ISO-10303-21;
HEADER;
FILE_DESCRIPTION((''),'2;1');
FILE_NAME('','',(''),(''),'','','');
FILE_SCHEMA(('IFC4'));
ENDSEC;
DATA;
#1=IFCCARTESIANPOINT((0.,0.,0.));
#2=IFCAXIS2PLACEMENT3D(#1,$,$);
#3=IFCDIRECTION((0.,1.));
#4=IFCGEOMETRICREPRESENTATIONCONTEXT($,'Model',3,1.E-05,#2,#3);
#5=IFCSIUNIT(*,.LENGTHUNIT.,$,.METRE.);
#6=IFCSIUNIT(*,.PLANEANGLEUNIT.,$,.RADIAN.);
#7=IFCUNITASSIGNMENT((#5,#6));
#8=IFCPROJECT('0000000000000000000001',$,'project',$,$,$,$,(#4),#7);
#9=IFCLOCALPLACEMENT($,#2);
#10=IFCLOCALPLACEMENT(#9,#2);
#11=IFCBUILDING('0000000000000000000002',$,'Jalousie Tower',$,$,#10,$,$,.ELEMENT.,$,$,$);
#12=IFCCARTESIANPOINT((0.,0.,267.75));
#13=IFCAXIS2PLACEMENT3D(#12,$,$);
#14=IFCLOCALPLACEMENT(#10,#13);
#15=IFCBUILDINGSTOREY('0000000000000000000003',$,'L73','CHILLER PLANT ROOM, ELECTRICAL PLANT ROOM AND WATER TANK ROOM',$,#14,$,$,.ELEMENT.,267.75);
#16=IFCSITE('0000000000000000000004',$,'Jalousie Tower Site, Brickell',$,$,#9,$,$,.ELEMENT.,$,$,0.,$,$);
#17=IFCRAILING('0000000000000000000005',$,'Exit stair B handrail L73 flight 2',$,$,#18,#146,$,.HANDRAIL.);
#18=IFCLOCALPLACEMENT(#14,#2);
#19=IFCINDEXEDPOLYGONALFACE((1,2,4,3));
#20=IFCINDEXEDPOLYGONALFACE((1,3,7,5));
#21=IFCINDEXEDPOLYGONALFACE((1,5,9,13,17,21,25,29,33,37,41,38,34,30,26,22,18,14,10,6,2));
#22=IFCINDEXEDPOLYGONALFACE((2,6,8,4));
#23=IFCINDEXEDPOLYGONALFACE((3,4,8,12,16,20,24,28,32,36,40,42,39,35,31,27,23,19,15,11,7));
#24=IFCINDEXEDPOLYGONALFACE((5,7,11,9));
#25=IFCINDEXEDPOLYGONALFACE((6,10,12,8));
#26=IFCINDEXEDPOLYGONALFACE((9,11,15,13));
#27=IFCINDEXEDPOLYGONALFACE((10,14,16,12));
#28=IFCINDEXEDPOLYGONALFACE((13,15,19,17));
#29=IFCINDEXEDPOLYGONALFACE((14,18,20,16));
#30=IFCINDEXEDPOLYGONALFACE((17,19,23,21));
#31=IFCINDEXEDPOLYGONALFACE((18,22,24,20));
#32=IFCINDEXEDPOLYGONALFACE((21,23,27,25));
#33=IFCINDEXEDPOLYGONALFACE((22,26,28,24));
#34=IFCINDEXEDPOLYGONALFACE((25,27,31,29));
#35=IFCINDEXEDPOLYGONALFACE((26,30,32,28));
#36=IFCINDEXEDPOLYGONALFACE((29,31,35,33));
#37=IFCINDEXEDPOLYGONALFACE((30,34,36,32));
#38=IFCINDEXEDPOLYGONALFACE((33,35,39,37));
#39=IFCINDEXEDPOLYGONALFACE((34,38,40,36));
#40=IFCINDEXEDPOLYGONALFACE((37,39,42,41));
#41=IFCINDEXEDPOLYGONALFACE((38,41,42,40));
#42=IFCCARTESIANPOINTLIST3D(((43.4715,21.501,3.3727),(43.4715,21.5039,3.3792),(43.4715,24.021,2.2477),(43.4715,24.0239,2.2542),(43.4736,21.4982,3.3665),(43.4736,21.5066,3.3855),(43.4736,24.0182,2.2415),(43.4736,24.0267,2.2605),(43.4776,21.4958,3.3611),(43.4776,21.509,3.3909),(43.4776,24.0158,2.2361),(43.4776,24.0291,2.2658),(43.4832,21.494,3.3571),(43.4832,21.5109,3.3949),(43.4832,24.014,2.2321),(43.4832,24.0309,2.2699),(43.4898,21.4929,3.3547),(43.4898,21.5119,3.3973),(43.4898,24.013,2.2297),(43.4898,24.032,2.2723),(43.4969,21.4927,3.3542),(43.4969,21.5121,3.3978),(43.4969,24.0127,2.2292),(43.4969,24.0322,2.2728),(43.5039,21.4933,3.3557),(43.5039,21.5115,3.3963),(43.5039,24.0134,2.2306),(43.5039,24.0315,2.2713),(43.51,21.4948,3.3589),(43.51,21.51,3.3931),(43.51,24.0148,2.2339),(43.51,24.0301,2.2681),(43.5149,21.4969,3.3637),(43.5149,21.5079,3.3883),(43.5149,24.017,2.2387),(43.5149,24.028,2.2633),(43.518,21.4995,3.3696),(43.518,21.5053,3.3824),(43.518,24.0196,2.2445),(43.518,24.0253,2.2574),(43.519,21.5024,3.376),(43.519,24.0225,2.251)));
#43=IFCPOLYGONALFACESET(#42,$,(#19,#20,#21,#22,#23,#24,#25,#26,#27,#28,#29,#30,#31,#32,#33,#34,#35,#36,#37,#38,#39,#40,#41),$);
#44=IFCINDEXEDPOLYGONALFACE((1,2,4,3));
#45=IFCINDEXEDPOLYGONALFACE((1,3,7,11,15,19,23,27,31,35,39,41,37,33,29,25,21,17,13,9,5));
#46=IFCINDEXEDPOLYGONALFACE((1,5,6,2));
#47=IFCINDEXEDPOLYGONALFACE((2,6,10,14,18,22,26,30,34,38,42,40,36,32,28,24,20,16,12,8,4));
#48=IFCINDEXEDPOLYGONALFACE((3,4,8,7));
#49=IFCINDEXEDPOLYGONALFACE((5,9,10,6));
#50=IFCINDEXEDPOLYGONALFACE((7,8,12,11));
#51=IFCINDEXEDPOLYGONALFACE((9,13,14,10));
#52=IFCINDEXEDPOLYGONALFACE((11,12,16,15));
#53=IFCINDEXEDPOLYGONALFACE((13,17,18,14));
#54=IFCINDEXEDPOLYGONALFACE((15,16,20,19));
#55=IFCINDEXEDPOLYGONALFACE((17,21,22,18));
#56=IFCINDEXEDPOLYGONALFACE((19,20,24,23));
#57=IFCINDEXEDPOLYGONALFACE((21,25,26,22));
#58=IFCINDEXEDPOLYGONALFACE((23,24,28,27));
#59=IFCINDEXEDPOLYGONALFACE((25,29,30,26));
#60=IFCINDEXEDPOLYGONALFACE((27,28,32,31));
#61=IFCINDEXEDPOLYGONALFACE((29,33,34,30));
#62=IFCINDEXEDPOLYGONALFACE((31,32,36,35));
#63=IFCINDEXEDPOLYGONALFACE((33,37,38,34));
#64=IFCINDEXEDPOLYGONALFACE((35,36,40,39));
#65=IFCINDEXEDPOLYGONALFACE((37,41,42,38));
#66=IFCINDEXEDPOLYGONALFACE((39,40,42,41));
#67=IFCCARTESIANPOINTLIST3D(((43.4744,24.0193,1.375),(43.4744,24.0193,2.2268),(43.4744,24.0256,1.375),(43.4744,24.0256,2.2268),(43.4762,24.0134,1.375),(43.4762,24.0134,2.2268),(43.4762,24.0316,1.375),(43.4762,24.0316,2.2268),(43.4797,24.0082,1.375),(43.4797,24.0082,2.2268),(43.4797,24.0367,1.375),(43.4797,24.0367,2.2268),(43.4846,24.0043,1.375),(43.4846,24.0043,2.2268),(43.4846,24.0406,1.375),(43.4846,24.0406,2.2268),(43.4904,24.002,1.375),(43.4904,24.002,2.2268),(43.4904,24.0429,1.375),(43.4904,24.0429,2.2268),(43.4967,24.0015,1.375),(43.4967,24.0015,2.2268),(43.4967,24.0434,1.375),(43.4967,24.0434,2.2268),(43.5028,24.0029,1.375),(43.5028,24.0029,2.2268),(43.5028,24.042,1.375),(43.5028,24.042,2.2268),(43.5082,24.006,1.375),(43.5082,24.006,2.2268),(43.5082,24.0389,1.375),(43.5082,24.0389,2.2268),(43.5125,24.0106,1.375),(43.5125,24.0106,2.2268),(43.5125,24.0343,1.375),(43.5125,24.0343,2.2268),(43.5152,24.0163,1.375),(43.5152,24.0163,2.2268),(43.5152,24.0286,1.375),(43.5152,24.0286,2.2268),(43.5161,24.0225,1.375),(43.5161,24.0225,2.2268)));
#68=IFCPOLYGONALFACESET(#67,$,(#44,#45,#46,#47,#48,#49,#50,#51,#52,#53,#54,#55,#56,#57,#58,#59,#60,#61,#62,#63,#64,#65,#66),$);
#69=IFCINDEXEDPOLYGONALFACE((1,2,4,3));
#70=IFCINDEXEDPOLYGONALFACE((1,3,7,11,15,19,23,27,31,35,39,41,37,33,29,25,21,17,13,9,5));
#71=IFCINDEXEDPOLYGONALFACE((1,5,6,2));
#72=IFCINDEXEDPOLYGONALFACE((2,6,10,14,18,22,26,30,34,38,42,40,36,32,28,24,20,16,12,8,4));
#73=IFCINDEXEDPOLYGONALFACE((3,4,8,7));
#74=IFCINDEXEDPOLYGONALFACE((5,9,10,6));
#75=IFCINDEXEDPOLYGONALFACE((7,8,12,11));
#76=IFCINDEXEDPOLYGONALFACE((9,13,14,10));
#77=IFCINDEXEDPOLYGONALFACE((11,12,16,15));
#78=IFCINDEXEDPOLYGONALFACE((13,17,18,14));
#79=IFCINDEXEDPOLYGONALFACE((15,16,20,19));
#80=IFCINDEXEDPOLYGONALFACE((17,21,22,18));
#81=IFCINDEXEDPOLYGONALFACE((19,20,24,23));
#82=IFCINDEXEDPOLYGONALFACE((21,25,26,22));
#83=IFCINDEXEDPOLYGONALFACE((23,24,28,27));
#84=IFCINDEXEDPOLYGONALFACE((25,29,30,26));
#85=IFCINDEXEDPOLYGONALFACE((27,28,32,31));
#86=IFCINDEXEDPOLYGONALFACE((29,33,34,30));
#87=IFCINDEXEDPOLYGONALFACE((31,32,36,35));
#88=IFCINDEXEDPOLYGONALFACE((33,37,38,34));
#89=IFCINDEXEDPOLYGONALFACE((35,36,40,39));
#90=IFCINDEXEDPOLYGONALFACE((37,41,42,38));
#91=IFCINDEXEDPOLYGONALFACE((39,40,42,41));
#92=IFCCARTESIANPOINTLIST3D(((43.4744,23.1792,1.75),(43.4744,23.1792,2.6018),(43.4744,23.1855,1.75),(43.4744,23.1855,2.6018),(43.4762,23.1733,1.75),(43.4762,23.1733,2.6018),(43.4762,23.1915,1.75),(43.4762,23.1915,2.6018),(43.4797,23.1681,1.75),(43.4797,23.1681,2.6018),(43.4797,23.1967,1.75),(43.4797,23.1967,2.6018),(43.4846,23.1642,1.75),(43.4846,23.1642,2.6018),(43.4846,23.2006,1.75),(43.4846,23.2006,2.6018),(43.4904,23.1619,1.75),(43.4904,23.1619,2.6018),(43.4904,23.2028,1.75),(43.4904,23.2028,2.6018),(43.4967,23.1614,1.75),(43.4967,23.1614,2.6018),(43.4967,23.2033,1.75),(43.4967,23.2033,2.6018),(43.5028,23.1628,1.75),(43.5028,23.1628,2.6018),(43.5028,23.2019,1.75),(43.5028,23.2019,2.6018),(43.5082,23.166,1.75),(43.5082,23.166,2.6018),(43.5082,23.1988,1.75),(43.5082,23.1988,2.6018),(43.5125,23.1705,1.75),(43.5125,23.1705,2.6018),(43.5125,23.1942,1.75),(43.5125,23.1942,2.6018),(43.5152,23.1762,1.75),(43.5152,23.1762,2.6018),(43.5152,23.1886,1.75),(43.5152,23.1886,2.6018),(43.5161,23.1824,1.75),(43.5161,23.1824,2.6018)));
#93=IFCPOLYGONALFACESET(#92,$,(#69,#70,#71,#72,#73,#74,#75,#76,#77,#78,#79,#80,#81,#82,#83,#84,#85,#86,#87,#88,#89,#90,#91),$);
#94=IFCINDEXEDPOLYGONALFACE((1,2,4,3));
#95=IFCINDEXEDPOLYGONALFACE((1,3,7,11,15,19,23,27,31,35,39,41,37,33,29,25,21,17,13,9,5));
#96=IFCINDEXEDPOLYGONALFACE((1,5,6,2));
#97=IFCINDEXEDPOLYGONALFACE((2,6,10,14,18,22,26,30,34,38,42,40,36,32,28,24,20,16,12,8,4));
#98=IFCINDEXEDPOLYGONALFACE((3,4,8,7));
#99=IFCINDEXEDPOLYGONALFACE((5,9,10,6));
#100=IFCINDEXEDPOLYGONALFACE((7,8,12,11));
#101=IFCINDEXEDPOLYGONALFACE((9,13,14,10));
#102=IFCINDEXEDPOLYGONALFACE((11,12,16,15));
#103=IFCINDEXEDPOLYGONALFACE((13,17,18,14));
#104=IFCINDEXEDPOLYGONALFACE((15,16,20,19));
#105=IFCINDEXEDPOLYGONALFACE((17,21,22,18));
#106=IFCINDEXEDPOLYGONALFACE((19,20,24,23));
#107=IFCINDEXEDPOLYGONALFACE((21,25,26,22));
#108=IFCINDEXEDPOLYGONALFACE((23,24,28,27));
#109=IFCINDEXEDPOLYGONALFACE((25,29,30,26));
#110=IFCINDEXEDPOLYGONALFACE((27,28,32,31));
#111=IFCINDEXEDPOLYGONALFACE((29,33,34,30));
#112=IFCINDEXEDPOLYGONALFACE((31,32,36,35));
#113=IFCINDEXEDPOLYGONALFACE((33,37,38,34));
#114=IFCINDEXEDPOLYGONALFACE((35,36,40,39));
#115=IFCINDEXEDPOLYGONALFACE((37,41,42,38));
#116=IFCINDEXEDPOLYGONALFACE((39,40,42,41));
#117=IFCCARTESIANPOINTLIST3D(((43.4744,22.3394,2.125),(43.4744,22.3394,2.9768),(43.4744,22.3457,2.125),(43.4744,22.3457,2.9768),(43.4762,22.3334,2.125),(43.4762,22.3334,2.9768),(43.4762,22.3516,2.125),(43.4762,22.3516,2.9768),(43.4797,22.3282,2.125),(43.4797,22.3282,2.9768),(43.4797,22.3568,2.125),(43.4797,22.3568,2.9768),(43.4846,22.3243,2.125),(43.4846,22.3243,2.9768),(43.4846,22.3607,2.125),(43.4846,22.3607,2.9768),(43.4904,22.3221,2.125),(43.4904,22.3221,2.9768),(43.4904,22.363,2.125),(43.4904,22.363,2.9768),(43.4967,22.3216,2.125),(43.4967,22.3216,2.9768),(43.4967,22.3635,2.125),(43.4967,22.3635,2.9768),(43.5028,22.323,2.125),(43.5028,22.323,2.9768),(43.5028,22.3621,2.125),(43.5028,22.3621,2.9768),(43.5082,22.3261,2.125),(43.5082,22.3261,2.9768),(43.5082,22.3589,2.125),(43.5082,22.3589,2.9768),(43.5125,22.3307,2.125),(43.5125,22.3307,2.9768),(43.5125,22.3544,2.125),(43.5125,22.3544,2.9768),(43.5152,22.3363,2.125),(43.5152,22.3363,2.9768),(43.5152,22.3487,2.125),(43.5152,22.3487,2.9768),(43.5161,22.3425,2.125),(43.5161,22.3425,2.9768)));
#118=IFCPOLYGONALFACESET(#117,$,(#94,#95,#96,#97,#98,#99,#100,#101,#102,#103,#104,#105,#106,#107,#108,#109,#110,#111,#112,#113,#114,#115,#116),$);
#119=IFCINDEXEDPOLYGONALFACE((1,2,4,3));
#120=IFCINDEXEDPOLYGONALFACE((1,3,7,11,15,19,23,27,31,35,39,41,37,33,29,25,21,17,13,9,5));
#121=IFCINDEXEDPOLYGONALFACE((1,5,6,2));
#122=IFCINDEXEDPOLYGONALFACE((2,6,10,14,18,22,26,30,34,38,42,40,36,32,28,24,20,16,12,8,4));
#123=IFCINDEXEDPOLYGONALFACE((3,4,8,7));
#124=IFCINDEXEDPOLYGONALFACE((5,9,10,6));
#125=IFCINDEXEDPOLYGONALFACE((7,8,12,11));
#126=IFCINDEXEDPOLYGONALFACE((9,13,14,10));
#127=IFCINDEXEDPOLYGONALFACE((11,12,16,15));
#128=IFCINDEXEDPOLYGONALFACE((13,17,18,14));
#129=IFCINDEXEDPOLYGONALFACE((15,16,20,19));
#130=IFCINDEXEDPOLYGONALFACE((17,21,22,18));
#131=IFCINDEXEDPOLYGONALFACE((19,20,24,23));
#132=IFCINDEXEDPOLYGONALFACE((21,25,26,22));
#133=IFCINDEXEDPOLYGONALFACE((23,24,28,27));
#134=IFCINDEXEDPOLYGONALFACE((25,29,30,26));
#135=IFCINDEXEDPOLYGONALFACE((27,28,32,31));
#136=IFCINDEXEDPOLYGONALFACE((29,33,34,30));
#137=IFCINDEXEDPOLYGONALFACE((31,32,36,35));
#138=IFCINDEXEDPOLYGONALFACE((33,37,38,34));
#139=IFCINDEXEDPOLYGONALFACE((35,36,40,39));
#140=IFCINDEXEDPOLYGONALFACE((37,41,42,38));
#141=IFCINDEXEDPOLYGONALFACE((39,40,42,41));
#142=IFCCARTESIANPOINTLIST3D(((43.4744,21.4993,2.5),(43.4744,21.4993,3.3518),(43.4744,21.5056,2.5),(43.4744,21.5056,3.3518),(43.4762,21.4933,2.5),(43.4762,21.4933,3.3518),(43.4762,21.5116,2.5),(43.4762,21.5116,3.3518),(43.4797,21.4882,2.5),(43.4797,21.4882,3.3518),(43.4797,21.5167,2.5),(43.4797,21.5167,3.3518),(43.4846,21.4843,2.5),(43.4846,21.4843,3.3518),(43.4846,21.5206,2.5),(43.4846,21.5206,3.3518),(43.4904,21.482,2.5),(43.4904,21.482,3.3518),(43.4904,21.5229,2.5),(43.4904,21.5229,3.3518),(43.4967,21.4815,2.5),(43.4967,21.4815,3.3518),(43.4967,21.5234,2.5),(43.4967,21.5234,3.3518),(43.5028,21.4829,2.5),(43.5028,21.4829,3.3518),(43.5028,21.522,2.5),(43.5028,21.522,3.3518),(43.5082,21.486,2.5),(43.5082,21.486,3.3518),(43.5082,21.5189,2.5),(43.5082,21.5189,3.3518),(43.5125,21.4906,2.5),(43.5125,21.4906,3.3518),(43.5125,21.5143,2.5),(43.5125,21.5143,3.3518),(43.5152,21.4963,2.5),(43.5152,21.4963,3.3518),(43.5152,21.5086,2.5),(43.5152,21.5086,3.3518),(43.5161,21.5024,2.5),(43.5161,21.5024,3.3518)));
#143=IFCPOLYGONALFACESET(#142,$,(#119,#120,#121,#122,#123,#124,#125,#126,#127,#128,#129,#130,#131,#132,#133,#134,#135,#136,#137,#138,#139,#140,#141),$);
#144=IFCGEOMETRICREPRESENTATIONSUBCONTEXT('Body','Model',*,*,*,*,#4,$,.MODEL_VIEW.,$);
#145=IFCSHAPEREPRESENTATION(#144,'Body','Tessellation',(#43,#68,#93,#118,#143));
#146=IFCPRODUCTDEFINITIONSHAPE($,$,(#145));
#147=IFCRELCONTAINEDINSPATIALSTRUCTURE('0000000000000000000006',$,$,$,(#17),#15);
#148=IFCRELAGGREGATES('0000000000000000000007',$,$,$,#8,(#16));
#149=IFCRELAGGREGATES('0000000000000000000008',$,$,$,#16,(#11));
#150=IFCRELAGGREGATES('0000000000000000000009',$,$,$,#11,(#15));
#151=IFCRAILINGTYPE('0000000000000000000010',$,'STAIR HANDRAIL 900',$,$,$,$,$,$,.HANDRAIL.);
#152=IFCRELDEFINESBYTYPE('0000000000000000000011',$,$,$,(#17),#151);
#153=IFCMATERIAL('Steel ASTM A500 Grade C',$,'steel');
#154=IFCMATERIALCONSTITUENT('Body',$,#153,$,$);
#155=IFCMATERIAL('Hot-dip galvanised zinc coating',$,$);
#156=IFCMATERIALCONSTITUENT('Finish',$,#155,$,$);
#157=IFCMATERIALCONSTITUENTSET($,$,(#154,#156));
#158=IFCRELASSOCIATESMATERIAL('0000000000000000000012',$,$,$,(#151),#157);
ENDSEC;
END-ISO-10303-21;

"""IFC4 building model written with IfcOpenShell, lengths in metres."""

from ifc_helpers import new_model, si_unit, direction, frame, origin, origin_2d, place, context, subcontext, project, spatial, circle, extrude, material, constituent, constituent_set, type_object, element, save


model = new_model("IFC4")

# Units and contexts
model_context = context("Model", 3, precision=1e-05, world=origin(), true_north=direction((0.0, 1.0)))
body_context = subcontext(model_context, "Body", "Model", "MODEL_VIEW")
ifc_project = project(units=[si_unit("LENGTHUNIT", "METRE"), si_unit("PLANEANGLEUNIT", "RADIAN")], contexts=[model_context])

# Site, building, storey
site_placement = place(None, origin())
site = spatial("IfcSite", under=ifc_project, at=site_placement, Name="Jalousie Tower Site, Brickell", CompositionType="ELEMENT", RefElevation=0.0)
building_placement = place(site_placement, origin())
building = spatial("IfcBuilding", under=site, at=building_placement, Name="Jalousie Tower", CompositionType="ELEMENT")
storey_placement = place(building_placement, frame((0.0, 0.0, 267.75)))
storey = spatial("IfcBuildingStorey", under=building, at=storey_placement, Name="L73", Description="CHILLER PLANT ROOM, ELECTRICAL PLANT ROOM AND WATER TANK ROOM", CompositionType="ELEMENT", Elevation=267.75)

# Railing
ifc_material_1 = material(Name="Steel ASTM A500 Grade C", Category="steel")
ifc_constituent_1 = constituent(ifc_material_1, Name="Body")
ifc_material_2 = material(Name="Hot-dip galvanised zinc coating")
ifc_constituent_2 = constituent(ifc_material_2, Name="Finish")
ifc_constituent_set_1 = constituent_set(constituents=[ifc_constituent_1, ifc_constituent_2])
railing_type_1 = type_object("IfcRailingType", Name="STAIR HANDRAIL 900", PredefinedType="HANDRAIL", material=ifc_constituent_set_1)
railing_1_placement = place(storey_placement, frame((43.4951, 24.0225, 1.375)))
element("IfcRailing", 1, at=railing_1_placement, inside=storey, type_object=railing_type_1, Name="Exit stair B handrail L73 flight 2", PredefinedType="HANDRAIL", context=body_context, shape_type="SweptSolid", body=[
    extrude(circle(Radius=0.0239, at=origin_2d()), frame((0.0, 0.0, 0.876), z_axis=(0.0, -0.913139, 0.407648), x_axis=(1.0, 0.0, 0.0)), (0.0, 0.0, 1.0), 2.7598),
    extrude(circle(Radius=0.021, at=origin_2d()), origin(), (0.0, 0.0, 1.0), 0.8518),
    extrude(circle(Radius=0.021, at=origin_2d()), frame((0.0, -0.8401, 0.375)), (0.0, 0.0, 1.0), 0.8518),
    extrude(circle(Radius=0.021, at=origin_2d()), frame((0.0, -1.6799, 0.75)), (0.0, 0.0, 1.0), 0.8518),
    extrude(circle(Radius=0.021, at=origin_2d()), frame((0.0, -2.52, 1.125)), (0.0, 0.0, 1.0), 0.8518),
])

save(model, "model.ifc")
